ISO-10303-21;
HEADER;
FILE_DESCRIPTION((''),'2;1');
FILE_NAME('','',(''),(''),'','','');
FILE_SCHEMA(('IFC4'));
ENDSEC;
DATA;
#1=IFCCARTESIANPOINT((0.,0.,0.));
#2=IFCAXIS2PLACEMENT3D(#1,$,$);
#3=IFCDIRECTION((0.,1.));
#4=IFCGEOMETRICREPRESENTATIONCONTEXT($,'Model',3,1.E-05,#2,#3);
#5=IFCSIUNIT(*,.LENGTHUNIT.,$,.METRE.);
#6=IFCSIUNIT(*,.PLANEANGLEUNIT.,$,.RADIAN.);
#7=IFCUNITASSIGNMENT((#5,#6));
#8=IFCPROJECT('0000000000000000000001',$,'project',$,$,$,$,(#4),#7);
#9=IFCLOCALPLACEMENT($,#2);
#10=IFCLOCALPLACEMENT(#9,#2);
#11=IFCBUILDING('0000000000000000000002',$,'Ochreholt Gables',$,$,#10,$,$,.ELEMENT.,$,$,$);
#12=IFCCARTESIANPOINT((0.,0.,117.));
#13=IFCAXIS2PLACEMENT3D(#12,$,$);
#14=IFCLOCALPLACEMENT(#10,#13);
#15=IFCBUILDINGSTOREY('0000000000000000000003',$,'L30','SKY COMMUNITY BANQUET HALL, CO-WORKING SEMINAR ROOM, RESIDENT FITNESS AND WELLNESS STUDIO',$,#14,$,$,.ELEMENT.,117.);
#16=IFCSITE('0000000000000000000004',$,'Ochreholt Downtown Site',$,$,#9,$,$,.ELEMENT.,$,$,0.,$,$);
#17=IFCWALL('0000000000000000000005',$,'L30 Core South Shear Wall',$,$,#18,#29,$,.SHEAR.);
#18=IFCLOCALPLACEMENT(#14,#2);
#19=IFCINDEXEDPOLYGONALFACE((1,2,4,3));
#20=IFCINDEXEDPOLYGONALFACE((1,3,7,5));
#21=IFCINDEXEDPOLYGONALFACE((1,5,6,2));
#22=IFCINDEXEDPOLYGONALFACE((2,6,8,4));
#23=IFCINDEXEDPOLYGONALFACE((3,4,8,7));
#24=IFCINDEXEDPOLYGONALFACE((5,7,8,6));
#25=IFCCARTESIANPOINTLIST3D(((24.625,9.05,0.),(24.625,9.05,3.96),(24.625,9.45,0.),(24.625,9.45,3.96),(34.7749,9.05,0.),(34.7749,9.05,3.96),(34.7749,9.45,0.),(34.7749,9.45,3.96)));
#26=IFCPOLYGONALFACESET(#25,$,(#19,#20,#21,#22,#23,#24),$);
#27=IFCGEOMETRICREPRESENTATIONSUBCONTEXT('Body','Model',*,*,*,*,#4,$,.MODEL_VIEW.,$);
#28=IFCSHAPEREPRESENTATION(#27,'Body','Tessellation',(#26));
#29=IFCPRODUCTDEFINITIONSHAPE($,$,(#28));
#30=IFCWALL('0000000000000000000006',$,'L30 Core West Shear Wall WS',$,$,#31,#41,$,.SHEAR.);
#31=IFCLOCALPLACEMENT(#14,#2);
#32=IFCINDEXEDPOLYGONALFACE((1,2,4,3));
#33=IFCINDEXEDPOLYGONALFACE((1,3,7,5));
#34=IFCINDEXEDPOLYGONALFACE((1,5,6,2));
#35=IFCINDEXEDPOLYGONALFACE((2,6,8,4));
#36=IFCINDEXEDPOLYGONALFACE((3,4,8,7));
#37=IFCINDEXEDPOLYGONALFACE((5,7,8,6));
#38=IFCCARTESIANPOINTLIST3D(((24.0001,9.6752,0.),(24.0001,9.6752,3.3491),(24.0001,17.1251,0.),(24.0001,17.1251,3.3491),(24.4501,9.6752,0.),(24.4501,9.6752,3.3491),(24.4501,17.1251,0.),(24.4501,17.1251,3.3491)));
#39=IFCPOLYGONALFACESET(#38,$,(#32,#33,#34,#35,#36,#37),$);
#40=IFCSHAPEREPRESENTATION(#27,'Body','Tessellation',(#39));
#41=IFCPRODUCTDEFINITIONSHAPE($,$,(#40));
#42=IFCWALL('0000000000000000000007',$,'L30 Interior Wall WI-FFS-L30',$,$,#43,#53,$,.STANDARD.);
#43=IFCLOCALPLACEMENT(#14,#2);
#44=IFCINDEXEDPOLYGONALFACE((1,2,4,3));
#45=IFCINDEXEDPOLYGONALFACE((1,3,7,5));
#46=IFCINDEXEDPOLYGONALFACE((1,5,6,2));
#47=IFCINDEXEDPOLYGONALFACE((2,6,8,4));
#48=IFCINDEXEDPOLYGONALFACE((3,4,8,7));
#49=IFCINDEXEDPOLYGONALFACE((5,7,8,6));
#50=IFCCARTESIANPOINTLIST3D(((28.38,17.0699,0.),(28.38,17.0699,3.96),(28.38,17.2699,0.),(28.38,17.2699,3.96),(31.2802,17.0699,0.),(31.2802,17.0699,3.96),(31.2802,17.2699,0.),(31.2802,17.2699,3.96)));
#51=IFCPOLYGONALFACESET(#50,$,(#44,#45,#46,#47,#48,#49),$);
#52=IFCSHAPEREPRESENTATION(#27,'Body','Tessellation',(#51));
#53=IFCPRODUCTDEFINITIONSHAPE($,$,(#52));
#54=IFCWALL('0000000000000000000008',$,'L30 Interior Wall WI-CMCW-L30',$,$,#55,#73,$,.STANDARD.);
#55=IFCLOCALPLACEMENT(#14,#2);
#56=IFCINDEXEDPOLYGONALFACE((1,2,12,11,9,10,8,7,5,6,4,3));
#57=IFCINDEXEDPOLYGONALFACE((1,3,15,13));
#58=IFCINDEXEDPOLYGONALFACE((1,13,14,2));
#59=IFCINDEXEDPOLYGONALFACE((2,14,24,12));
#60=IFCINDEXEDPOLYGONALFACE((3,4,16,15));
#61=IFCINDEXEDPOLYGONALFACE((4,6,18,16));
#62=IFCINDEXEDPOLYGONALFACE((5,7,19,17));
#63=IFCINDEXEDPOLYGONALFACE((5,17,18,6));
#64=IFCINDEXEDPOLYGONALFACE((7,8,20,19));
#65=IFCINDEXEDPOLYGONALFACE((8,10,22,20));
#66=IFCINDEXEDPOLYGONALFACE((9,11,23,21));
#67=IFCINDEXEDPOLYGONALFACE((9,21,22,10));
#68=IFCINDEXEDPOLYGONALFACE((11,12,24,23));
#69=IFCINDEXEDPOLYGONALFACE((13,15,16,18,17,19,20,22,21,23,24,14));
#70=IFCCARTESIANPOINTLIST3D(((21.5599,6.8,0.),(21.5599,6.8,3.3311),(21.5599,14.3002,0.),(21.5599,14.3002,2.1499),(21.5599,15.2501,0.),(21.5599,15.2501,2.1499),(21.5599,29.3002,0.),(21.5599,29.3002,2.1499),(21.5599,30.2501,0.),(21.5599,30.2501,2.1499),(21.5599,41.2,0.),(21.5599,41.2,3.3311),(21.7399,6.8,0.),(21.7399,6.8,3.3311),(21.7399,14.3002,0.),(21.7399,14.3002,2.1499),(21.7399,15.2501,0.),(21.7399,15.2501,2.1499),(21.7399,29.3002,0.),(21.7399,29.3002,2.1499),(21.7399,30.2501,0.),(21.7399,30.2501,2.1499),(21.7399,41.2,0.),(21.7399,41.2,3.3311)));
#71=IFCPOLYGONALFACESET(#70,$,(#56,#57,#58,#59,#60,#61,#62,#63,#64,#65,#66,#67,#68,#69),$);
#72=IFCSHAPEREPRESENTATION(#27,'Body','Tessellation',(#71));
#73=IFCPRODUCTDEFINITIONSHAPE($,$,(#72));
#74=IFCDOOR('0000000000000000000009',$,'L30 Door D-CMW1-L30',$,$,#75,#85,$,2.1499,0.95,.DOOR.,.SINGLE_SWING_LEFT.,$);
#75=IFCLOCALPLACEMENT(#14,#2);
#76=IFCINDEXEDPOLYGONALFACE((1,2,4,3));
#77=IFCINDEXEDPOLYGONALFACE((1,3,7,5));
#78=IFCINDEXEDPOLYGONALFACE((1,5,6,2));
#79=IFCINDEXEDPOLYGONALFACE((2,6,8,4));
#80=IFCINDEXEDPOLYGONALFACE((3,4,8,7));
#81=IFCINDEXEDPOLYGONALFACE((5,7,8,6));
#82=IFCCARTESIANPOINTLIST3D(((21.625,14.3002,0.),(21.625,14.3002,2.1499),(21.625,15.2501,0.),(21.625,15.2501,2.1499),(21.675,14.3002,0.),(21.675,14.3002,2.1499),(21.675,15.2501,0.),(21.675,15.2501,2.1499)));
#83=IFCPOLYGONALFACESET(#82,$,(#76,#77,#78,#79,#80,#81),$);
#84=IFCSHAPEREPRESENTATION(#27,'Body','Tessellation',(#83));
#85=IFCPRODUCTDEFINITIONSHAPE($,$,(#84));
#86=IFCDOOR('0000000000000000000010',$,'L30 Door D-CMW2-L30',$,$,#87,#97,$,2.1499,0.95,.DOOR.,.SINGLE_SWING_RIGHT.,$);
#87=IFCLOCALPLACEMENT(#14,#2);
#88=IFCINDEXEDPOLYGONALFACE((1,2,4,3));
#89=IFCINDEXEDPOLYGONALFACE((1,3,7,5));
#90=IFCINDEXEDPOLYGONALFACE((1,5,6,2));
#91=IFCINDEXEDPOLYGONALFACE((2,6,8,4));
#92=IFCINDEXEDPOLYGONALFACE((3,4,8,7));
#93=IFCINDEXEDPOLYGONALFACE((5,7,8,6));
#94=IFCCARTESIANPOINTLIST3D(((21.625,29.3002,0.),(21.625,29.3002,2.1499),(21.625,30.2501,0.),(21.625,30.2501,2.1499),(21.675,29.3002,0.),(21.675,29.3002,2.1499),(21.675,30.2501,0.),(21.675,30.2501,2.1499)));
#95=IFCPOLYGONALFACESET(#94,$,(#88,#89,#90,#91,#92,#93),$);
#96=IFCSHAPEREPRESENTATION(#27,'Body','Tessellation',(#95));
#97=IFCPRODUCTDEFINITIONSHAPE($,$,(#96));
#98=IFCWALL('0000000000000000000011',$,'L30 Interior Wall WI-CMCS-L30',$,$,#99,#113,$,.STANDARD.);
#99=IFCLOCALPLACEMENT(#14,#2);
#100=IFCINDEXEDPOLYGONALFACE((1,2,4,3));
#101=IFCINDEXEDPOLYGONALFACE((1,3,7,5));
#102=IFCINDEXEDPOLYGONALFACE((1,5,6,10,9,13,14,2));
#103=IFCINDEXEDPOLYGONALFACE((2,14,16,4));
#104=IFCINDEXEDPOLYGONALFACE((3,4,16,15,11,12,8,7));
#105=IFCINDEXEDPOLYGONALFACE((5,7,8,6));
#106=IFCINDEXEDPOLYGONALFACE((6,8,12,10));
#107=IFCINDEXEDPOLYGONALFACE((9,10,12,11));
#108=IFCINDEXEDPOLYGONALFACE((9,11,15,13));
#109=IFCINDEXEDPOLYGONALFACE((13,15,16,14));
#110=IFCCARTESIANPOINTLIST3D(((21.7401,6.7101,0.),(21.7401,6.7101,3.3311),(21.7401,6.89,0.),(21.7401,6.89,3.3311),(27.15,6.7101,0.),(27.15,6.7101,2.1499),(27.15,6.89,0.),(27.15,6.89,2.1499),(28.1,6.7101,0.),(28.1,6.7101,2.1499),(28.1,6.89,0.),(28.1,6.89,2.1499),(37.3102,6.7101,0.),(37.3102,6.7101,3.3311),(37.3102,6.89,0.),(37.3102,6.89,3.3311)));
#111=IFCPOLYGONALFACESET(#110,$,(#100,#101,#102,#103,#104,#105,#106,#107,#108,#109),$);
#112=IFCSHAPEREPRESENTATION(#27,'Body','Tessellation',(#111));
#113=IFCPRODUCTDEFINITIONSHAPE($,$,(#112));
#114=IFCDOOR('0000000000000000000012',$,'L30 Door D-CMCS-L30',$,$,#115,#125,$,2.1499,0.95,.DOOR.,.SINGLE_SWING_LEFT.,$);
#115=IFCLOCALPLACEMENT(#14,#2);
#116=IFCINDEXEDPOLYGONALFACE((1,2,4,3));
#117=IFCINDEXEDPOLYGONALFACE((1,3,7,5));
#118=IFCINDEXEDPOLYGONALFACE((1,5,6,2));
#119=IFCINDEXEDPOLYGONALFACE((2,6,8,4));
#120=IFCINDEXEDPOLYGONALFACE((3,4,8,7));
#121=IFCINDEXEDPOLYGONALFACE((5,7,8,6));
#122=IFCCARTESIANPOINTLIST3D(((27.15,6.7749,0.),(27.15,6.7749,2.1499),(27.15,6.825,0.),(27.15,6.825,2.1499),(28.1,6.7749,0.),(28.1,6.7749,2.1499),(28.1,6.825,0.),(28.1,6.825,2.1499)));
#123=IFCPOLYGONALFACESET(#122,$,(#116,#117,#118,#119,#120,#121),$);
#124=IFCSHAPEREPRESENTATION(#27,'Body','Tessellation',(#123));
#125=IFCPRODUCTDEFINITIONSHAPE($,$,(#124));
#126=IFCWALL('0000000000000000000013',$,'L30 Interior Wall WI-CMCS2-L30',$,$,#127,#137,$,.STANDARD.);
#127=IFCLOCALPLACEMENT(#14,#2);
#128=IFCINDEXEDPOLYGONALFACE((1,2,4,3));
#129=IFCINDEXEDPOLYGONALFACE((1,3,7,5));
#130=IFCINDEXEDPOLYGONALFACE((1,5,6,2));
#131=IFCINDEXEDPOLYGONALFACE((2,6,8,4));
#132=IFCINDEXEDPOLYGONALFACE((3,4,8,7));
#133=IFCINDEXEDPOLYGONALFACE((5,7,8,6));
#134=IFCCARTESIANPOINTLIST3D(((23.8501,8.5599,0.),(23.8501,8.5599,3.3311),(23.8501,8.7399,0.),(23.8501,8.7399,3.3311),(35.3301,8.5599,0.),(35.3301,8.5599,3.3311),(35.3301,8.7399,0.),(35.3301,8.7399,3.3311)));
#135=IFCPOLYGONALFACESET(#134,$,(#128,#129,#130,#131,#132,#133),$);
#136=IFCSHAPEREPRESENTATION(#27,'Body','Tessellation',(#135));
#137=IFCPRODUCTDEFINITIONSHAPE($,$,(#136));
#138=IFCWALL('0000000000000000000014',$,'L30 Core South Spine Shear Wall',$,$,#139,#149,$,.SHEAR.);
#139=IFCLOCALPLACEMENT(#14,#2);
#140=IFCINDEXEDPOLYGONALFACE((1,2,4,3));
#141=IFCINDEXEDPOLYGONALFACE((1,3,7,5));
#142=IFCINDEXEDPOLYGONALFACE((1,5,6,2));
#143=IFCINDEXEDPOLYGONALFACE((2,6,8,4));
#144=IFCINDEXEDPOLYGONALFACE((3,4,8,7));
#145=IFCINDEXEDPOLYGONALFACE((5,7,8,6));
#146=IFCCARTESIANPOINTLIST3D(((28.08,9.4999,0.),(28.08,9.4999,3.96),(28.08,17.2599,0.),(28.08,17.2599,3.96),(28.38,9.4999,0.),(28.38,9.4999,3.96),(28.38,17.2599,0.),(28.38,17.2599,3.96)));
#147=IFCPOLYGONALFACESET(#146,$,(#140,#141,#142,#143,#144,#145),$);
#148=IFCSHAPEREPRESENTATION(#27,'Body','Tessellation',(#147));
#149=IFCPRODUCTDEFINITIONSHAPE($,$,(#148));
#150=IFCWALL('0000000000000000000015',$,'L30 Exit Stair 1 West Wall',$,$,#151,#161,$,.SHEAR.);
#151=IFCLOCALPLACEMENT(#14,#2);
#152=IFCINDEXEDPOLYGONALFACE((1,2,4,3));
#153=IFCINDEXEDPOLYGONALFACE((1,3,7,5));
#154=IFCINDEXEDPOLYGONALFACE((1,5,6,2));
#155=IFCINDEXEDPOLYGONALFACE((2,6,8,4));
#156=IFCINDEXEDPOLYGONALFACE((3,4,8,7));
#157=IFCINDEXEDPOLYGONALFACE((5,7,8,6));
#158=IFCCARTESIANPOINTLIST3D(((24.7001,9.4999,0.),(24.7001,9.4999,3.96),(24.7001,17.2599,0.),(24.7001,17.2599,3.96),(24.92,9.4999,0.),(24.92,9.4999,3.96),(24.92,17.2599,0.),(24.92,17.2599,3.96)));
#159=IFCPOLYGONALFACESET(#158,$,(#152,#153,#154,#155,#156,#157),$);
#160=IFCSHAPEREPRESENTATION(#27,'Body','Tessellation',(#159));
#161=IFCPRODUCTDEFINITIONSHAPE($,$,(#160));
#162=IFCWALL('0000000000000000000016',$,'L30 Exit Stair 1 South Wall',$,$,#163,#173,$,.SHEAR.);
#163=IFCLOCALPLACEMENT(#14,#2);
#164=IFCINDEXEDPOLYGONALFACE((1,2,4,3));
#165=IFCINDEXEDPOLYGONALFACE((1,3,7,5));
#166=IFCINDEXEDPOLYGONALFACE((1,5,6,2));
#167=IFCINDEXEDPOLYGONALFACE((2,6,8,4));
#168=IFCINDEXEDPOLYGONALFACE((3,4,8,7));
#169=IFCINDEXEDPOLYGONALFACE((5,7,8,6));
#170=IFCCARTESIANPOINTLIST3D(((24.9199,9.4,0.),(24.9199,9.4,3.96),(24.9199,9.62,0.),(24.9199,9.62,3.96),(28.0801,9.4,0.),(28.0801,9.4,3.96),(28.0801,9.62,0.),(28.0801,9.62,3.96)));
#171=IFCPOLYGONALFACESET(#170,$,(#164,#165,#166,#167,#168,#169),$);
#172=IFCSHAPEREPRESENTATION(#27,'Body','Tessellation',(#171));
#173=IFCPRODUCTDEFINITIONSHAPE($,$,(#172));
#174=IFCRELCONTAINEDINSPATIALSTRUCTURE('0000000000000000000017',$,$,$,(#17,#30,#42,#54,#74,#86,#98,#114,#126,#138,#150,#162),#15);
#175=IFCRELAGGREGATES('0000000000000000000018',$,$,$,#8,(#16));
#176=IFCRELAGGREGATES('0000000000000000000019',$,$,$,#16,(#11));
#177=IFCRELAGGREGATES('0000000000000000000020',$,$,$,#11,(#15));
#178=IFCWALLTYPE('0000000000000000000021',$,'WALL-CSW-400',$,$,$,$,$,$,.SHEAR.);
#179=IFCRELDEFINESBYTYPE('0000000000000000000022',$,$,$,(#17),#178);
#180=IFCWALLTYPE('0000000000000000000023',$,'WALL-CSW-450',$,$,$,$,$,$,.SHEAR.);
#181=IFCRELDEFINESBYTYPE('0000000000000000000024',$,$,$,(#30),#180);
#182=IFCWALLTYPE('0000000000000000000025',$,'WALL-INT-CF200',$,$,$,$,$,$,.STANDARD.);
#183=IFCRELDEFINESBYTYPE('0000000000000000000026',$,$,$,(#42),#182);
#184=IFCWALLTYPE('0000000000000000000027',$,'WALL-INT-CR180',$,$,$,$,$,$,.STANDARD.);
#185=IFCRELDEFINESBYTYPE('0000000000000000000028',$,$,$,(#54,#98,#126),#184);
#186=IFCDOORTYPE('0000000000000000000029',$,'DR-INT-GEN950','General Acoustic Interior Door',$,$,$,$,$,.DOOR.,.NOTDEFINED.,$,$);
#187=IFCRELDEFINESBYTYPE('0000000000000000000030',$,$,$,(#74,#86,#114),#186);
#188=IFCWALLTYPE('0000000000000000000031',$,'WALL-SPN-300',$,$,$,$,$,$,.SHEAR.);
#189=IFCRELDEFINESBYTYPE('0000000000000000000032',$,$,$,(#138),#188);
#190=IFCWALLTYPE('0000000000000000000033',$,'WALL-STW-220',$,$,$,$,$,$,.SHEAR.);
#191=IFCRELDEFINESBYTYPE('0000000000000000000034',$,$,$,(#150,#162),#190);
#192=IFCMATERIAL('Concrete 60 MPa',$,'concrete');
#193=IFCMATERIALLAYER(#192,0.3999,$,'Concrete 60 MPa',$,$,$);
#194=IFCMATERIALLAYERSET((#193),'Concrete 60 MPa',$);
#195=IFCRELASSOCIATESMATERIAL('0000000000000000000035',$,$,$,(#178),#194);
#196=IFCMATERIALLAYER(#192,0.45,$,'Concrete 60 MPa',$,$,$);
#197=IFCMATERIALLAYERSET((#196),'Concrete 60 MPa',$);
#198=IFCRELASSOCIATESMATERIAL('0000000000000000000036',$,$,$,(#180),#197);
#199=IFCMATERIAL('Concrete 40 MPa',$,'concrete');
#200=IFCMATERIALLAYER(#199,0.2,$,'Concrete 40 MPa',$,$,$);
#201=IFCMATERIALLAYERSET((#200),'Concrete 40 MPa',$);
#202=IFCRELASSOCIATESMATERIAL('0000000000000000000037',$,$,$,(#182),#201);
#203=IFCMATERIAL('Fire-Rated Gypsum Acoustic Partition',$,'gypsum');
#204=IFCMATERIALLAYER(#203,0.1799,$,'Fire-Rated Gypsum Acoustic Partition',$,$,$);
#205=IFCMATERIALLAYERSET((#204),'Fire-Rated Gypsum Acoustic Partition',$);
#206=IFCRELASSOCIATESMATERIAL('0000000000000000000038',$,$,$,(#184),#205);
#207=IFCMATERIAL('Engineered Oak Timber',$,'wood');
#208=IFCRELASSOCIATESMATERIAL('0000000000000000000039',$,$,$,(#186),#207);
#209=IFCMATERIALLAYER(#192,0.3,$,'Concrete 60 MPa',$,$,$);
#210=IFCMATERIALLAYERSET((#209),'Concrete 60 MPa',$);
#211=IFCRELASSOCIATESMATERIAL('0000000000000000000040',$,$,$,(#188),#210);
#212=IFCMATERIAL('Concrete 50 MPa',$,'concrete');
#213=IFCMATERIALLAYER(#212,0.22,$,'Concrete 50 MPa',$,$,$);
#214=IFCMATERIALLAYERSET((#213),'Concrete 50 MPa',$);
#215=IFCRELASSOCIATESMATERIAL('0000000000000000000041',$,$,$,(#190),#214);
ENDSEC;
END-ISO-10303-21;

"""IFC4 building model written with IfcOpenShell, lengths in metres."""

from ifc_helpers import new_model, si_unit, direction, frame, frame_2d, origin, place, context, subcontext, project, spatial, rectangle, extrude, material, layer, layer_set, type_object, element, fill, save


model = new_model("IFC4")

# Units and contexts
model_context = context("Model", 3, precision=1e-05, world=origin(), true_north=direction((0.0, 1.0)))
body_context = subcontext(model_context, "Body", "Model", "MODEL_VIEW")
ifc_project = project(units=[si_unit("LENGTHUNIT", "METRE"), si_unit("PLANEANGLEUNIT", "RADIAN")], contexts=[model_context])

# Site, building, storey
site_placement = place(None, origin())
site = spatial("IfcSite", under=ifc_project, at=site_placement, Name="Ochreholt Downtown Site", CompositionType="ELEMENT", RefElevation=0.0)
building_placement = place(site_placement, origin())
building = spatial("IfcBuilding", under=site, at=building_placement, Name="Ochreholt Gables", CompositionType="ELEMENT")
storey_placement = place(building_placement, frame((0.0, 0.0, 117.0)))
storey = spatial("IfcBuildingStorey", under=building, at=storey_placement, Name="L30", Description="SKY COMMUNITY BANQUET HALL, CO-WORKING SEMINAR ROOM, RESIDENT FITNESS AND WELLNESS STUDIO", CompositionType="ELEMENT", Elevation=117.0)

# Shared definitions
ifc_material_1 = material(Name="Concrete 60 MPa", Category="concrete")

# Walls
ifc_layer_1 = layer(ifc_material_1, 0.3999, Name="Concrete 60 MPa")
ifc_layer_set_1 = layer_set([ifc_layer_1], Name="Concrete 60 MPa")
wall_type_1 = type_object("IfcWallType", Name="WALL-CSW-400", PredefinedType="SHEAR", material=ifc_layer_set_1)
wall_1_placement = place(storey_placement, frame((24.625, 9.25, 0.0), z_axis=(0.0, 0.0, 1.0), x_axis=(1.0, 0.0, 0.0)))
element("IfcWall", 1, at=wall_1_placement, inside=storey, type_object=wall_type_1, Name="L30 Core South Shear Wall", PredefinedType="SHEAR", context=body_context, shape_type="SweptSolid", body=[
    extrude(rectangle(XDim=10.1499, YDim=0.3999, at=frame_2d((5.075, 0.0))), origin(), (0.0, 0.0, 1.0), 3.96),
])
ifc_layer_2 = layer(ifc_material_1, 0.45, Name="Concrete 60 MPa")
ifc_layer_set_2 = layer_set([ifc_layer_2], Name="Concrete 60 MPa")
wall_type_2 = type_object("IfcWallType", Name="WALL-CSW-450", PredefinedType="SHEAR", material=ifc_layer_set_2)
wall_2_placement = place(storey_placement, frame((24.2251, 9.675, 0.0), z_axis=(0.0, 0.0, 1.0), x_axis=(0.0, 1.0, 0.0)))
element("IfcWall", 2, at=wall_2_placement, inside=storey, type_object=wall_type_2, Name="L30 Core West Shear Wall WS", PredefinedType="SHEAR", context=body_context, shape_type="SweptSolid", body=[
    extrude(rectangle(XDim=7.45, YDim=0.45, at=frame_2d((3.7251, 0.0))), origin(), (0.0, 0.0, 1.0), 3.3491),
])
ifc_material_2 = material(Name="Concrete 40 MPa", Category="concrete")
ifc_layer_3 = layer(ifc_material_2, 0.2, Name="Concrete 40 MPa")
ifc_layer_set_3 = layer_set([ifc_layer_3], Name="Concrete 40 MPa")
wall_type_3 = type_object("IfcWallType", Name="WALL-INT-CF200", PredefinedType="STANDARD", material=ifc_layer_set_3)
wall_3_placement = place(storey_placement, frame((28.3799, 17.1699, 0.0), z_axis=(0.0, 0.0, 1.0), x_axis=(1.0, 0.0, 0.0)))
element("IfcWall", 3, at=wall_3_placement, inside=storey, type_object=wall_type_3, Name="L30 Interior Wall WI-FFS-L30", PredefinedType="STANDARD", context=body_context, shape_type="SweptSolid", body=[
    extrude(rectangle(XDim=2.9001, YDim=0.2, at=frame_2d((1.4502, 0.0))), origin(), (0.0, 0.0, 1.0), 3.96),
])

# Wall, openings, doors
ifc_material_3 = material(Name="Fire-Rated Gypsum Acoustic Partition", Category="gypsum")
ifc_layer_4 = layer(ifc_material_3, 0.1799, Name="Fire-Rated Gypsum Acoustic Partition")
ifc_layer_set_4 = layer_set([ifc_layer_4], Name="Fire-Rated Gypsum Acoustic Partition")
wall_type_4 = type_object("IfcWallType", Name="WALL-INT-CR180", PredefinedType="STANDARD", material=ifc_layer_set_4)
wall_4_placement = place(storey_placement, frame((21.6499, 6.8, 0.0), z_axis=(0.0, 0.0, 1.0), x_axis=(0.0, 1.0, 0.0)))
wall_4 = element("IfcWall", 4, at=wall_4_placement, inside=storey, type_object=wall_type_4, Name="L30 Interior Wall WI-CMCW-L30", PredefinedType="STANDARD", context=body_context, shape_type="SweptSolid", body=[
    extrude(rectangle(XDim=34.3999, YDim=0.1799, at=frame_2d((17.2, 0.0))), origin(), (0.0, 0.0, 1.0), 3.3311),
])
opening_1_placement = place(wall_4_placement, frame((7.5, 0.0, 0.0)))
opening_1 = element("IfcOpeningElement", 5, at=opening_1_placement, cuts=wall_4, PredefinedType="OPENING", context=body_context, shape_type="SweptSolid", body=[
    extrude(rectangle(XDim=0.95, YDim=2.1499, at=frame_2d((0.4751, 1.075))), frame((0.0, 0.0999, 0.0), z_axis=(0.0, -1.0, 0.0), x_axis=(1.0, 0.0, 0.0)), (0.0, 0.0, 1.0), 0.2),
])
opening_2_placement = place(wall_4_placement, frame((22.5, 0.0, 0.0)))
opening_2 = element("IfcOpeningElement", 6, at=opening_2_placement, cuts=wall_4, PredefinedType="OPENING", context=body_context, shape_type="SweptSolid", body=[
    extrude(rectangle(XDim=0.95, YDim=2.1499, at=frame_2d((0.4751, 1.075))), frame((0.0, 0.0999, 0.0), z_axis=(0.0, -1.0, 0.0), x_axis=(1.0, 0.0, 0.0)), (0.0, 0.0, 1.0), 0.2),
])
ifc_material_4 = material(Name="Engineered Oak Timber", Category="wood")
door_type_1 = type_object("IfcDoorType", Name="DR-INT-GEN950", Description="General Acoustic Interior Door", OperationType="NOTDEFINED", PredefinedType="DOOR", material=ifc_material_4)
door_1_placement = place(opening_1_placement, origin())
door_1 = element("IfcDoor", 7, at=door_1_placement, inside=storey, type_object=door_type_1, Name="L30 Door D-CMW1-L30", OperationType="SINGLE_SWING_LEFT", OverallHeight=2.1499, OverallWidth=0.95, PredefinedType="DOOR", context=body_context, shape_type="SweptSolid", body=[
    extrude(rectangle(XDim=0.95, YDim=2.1499, at=frame_2d((0.4751, 1.075))), frame((0.0, 0.0249, 0.0), z_axis=(0.0, -1.0, 0.0), x_axis=(1.0, 0.0, 0.0)), (0.0, 0.0, 1.0), 0.05),
])
fill(opening_1, door_1)
door_2_placement = place(opening_2_placement, origin())
door_2 = element("IfcDoor", 8, at=door_2_placement, inside=storey, type_object=door_type_1, Name="L30 Door D-CMW2-L30", OperationType="SINGLE_SWING_RIGHT", OverallHeight=2.1499, OverallWidth=0.95, PredefinedType="DOOR", context=body_context, shape_type="SweptSolid", body=[
    extrude(rectangle(XDim=0.95, YDim=2.1499, at=frame_2d((0.4751, 1.075))), frame((0.0, 0.0249, 0.0), z_axis=(0.0, -1.0, 0.0), x_axis=(1.0, 0.0, 0.0)), (0.0, 0.0, 1.0), 0.05),
])
fill(opening_2, door_2)

# Wall, opening, door
wall_5_placement = place(storey_placement, frame((21.74, 6.8, 0.0), z_axis=(0.0, 0.0, 1.0), x_axis=(1.0, 0.0, 0.0)))
wall_5 = element("IfcWall", 9, at=wall_5_placement, inside=storey, type_object=wall_type_4, Name="L30 Interior Wall WI-CMCS-L30", PredefinedType="STANDARD", context=body_context, shape_type="SweptSolid", body=[
    extrude(rectangle(XDim=15.5701, YDim=0.1799, at=frame_2d((7.7852, 0.0))), origin(), (0.0, 0.0, 1.0), 3.3311),
])
opening_3_placement = place(wall_5_placement, frame((5.4099, 0.0, 0.0)))
opening_3 = element("IfcOpeningElement", 10, at=opening_3_placement, cuts=wall_5, PredefinedType="OPENING", context=body_context, shape_type="SweptSolid", body=[
    extrude(rectangle(XDim=0.95, YDim=2.1499, at=frame_2d((0.4751, 1.075))), frame((0.0, 0.0999, 0.0), z_axis=(0.0, -1.0, 0.0), x_axis=(1.0, 0.0, 0.0)), (0.0, 0.0, 1.0), 0.2),
])
door_3_placement = place(opening_3_placement, origin())
door_3 = element("IfcDoor", 11, at=door_3_placement, inside=storey, type_object=door_type_1, Name="L30 Door D-CMCS-L30", OperationType="SINGLE_SWING_LEFT", OverallHeight=2.1499, OverallWidth=0.95, PredefinedType="DOOR", context=body_context, shape_type="SweptSolid", body=[
    extrude(rectangle(XDim=0.95, YDim=2.1499, at=frame_2d((0.4751, 1.075))), frame((0.0, 0.0249, 0.0), z_axis=(0.0, -1.0, 0.0), x_axis=(1.0, 0.0, 0.0)), (0.0, 0.0, 1.0), 0.05),
])
fill(opening_3, door_3)

# Walls
wall_6_placement = place(storey_placement, frame((23.8501, 8.6499, 0.0), z_axis=(0.0, 0.0, 1.0), x_axis=(1.0, 0.0, 0.0)))
element("IfcWall", 12, at=wall_6_placement, inside=storey, type_object=wall_type_4, Name="L30 Interior Wall WI-CMCS2-L30", PredefinedType="STANDARD", context=body_context, shape_type="SweptSolid", body=[
    extrude(rectangle(XDim=11.48, YDim=0.1799, at=frame_2d((5.74, 0.0))), origin(), (0.0, 0.0, 1.0), 3.3311),
])
ifc_layer_5 = layer(ifc_material_1, 0.3, Name="Concrete 60 MPa")
ifc_layer_set_5 = layer_set([ifc_layer_5], Name="Concrete 60 MPa")
wall_type_5 = type_object("IfcWallType", Name="WALL-SPN-300", PredefinedType="SHEAR", material=ifc_layer_set_5)
wall_7_placement = place(storey_placement, frame((28.23, 9.5, 0.0), z_axis=(0.0, 0.0, 1.0), x_axis=(0.0, 1.0, 0.0)))
element("IfcWall", 13, at=wall_7_placement, inside=storey, type_object=wall_type_5, Name="L30 Core South Spine Shear Wall", PredefinedType="SHEAR", context=body_context, shape_type="SweptSolid", body=[
    extrude(rectangle(XDim=7.76, YDim=0.3, at=frame_2d((3.8799, 0.0))), origin(), (0.0, 0.0, 1.0), 3.96),
])
ifc_material_5 = material(Name="Concrete 50 MPa", Category="concrete")
ifc_layer_6 = layer(ifc_material_5, 0.22, Name="Concrete 50 MPa")
ifc_layer_set_6 = layer_set([ifc_layer_6], Name="Concrete 50 MPa")
wall_type_6 = type_object("IfcWallType", Name="WALL-STW-220", PredefinedType="SHEAR", material=ifc_layer_set_6)
wall_8_placement = place(storey_placement, frame((24.8101, 9.5, 0.0), z_axis=(0.0, 0.0, 1.0), x_axis=(0.0, 1.0, 0.0)))
element("IfcWall", 14, at=wall_8_placement, inside=storey, type_object=wall_type_6, Name="L30 Exit Stair 1 West Wall", PredefinedType="SHEAR", context=body_context, shape_type="SweptSolid", body=[
    extrude(rectangle(XDim=7.76, YDim=0.22, at=frame_2d((3.8799, 0.0))), origin(), (0.0, 0.0, 1.0), 3.96),
])
wall_9_placement = place(storey_placement, frame((24.9199, 9.51, 0.0), z_axis=(0.0, 0.0, 1.0), x_axis=(1.0, 0.0, 0.0)))
element("IfcWall", 15, at=wall_9_placement, inside=storey, type_object=wall_type_6, Name="L30 Exit Stair 1 South Wall", PredefinedType="SHEAR", context=body_context, shape_type="SweptSolid", body=[
    extrude(rectangle(XDim=3.1602, YDim=0.22, at=frame_2d((1.5801, 0.0))), origin(), (0.0, 0.0, 1.0), 3.96),
])

save(model, "model.ifc")
